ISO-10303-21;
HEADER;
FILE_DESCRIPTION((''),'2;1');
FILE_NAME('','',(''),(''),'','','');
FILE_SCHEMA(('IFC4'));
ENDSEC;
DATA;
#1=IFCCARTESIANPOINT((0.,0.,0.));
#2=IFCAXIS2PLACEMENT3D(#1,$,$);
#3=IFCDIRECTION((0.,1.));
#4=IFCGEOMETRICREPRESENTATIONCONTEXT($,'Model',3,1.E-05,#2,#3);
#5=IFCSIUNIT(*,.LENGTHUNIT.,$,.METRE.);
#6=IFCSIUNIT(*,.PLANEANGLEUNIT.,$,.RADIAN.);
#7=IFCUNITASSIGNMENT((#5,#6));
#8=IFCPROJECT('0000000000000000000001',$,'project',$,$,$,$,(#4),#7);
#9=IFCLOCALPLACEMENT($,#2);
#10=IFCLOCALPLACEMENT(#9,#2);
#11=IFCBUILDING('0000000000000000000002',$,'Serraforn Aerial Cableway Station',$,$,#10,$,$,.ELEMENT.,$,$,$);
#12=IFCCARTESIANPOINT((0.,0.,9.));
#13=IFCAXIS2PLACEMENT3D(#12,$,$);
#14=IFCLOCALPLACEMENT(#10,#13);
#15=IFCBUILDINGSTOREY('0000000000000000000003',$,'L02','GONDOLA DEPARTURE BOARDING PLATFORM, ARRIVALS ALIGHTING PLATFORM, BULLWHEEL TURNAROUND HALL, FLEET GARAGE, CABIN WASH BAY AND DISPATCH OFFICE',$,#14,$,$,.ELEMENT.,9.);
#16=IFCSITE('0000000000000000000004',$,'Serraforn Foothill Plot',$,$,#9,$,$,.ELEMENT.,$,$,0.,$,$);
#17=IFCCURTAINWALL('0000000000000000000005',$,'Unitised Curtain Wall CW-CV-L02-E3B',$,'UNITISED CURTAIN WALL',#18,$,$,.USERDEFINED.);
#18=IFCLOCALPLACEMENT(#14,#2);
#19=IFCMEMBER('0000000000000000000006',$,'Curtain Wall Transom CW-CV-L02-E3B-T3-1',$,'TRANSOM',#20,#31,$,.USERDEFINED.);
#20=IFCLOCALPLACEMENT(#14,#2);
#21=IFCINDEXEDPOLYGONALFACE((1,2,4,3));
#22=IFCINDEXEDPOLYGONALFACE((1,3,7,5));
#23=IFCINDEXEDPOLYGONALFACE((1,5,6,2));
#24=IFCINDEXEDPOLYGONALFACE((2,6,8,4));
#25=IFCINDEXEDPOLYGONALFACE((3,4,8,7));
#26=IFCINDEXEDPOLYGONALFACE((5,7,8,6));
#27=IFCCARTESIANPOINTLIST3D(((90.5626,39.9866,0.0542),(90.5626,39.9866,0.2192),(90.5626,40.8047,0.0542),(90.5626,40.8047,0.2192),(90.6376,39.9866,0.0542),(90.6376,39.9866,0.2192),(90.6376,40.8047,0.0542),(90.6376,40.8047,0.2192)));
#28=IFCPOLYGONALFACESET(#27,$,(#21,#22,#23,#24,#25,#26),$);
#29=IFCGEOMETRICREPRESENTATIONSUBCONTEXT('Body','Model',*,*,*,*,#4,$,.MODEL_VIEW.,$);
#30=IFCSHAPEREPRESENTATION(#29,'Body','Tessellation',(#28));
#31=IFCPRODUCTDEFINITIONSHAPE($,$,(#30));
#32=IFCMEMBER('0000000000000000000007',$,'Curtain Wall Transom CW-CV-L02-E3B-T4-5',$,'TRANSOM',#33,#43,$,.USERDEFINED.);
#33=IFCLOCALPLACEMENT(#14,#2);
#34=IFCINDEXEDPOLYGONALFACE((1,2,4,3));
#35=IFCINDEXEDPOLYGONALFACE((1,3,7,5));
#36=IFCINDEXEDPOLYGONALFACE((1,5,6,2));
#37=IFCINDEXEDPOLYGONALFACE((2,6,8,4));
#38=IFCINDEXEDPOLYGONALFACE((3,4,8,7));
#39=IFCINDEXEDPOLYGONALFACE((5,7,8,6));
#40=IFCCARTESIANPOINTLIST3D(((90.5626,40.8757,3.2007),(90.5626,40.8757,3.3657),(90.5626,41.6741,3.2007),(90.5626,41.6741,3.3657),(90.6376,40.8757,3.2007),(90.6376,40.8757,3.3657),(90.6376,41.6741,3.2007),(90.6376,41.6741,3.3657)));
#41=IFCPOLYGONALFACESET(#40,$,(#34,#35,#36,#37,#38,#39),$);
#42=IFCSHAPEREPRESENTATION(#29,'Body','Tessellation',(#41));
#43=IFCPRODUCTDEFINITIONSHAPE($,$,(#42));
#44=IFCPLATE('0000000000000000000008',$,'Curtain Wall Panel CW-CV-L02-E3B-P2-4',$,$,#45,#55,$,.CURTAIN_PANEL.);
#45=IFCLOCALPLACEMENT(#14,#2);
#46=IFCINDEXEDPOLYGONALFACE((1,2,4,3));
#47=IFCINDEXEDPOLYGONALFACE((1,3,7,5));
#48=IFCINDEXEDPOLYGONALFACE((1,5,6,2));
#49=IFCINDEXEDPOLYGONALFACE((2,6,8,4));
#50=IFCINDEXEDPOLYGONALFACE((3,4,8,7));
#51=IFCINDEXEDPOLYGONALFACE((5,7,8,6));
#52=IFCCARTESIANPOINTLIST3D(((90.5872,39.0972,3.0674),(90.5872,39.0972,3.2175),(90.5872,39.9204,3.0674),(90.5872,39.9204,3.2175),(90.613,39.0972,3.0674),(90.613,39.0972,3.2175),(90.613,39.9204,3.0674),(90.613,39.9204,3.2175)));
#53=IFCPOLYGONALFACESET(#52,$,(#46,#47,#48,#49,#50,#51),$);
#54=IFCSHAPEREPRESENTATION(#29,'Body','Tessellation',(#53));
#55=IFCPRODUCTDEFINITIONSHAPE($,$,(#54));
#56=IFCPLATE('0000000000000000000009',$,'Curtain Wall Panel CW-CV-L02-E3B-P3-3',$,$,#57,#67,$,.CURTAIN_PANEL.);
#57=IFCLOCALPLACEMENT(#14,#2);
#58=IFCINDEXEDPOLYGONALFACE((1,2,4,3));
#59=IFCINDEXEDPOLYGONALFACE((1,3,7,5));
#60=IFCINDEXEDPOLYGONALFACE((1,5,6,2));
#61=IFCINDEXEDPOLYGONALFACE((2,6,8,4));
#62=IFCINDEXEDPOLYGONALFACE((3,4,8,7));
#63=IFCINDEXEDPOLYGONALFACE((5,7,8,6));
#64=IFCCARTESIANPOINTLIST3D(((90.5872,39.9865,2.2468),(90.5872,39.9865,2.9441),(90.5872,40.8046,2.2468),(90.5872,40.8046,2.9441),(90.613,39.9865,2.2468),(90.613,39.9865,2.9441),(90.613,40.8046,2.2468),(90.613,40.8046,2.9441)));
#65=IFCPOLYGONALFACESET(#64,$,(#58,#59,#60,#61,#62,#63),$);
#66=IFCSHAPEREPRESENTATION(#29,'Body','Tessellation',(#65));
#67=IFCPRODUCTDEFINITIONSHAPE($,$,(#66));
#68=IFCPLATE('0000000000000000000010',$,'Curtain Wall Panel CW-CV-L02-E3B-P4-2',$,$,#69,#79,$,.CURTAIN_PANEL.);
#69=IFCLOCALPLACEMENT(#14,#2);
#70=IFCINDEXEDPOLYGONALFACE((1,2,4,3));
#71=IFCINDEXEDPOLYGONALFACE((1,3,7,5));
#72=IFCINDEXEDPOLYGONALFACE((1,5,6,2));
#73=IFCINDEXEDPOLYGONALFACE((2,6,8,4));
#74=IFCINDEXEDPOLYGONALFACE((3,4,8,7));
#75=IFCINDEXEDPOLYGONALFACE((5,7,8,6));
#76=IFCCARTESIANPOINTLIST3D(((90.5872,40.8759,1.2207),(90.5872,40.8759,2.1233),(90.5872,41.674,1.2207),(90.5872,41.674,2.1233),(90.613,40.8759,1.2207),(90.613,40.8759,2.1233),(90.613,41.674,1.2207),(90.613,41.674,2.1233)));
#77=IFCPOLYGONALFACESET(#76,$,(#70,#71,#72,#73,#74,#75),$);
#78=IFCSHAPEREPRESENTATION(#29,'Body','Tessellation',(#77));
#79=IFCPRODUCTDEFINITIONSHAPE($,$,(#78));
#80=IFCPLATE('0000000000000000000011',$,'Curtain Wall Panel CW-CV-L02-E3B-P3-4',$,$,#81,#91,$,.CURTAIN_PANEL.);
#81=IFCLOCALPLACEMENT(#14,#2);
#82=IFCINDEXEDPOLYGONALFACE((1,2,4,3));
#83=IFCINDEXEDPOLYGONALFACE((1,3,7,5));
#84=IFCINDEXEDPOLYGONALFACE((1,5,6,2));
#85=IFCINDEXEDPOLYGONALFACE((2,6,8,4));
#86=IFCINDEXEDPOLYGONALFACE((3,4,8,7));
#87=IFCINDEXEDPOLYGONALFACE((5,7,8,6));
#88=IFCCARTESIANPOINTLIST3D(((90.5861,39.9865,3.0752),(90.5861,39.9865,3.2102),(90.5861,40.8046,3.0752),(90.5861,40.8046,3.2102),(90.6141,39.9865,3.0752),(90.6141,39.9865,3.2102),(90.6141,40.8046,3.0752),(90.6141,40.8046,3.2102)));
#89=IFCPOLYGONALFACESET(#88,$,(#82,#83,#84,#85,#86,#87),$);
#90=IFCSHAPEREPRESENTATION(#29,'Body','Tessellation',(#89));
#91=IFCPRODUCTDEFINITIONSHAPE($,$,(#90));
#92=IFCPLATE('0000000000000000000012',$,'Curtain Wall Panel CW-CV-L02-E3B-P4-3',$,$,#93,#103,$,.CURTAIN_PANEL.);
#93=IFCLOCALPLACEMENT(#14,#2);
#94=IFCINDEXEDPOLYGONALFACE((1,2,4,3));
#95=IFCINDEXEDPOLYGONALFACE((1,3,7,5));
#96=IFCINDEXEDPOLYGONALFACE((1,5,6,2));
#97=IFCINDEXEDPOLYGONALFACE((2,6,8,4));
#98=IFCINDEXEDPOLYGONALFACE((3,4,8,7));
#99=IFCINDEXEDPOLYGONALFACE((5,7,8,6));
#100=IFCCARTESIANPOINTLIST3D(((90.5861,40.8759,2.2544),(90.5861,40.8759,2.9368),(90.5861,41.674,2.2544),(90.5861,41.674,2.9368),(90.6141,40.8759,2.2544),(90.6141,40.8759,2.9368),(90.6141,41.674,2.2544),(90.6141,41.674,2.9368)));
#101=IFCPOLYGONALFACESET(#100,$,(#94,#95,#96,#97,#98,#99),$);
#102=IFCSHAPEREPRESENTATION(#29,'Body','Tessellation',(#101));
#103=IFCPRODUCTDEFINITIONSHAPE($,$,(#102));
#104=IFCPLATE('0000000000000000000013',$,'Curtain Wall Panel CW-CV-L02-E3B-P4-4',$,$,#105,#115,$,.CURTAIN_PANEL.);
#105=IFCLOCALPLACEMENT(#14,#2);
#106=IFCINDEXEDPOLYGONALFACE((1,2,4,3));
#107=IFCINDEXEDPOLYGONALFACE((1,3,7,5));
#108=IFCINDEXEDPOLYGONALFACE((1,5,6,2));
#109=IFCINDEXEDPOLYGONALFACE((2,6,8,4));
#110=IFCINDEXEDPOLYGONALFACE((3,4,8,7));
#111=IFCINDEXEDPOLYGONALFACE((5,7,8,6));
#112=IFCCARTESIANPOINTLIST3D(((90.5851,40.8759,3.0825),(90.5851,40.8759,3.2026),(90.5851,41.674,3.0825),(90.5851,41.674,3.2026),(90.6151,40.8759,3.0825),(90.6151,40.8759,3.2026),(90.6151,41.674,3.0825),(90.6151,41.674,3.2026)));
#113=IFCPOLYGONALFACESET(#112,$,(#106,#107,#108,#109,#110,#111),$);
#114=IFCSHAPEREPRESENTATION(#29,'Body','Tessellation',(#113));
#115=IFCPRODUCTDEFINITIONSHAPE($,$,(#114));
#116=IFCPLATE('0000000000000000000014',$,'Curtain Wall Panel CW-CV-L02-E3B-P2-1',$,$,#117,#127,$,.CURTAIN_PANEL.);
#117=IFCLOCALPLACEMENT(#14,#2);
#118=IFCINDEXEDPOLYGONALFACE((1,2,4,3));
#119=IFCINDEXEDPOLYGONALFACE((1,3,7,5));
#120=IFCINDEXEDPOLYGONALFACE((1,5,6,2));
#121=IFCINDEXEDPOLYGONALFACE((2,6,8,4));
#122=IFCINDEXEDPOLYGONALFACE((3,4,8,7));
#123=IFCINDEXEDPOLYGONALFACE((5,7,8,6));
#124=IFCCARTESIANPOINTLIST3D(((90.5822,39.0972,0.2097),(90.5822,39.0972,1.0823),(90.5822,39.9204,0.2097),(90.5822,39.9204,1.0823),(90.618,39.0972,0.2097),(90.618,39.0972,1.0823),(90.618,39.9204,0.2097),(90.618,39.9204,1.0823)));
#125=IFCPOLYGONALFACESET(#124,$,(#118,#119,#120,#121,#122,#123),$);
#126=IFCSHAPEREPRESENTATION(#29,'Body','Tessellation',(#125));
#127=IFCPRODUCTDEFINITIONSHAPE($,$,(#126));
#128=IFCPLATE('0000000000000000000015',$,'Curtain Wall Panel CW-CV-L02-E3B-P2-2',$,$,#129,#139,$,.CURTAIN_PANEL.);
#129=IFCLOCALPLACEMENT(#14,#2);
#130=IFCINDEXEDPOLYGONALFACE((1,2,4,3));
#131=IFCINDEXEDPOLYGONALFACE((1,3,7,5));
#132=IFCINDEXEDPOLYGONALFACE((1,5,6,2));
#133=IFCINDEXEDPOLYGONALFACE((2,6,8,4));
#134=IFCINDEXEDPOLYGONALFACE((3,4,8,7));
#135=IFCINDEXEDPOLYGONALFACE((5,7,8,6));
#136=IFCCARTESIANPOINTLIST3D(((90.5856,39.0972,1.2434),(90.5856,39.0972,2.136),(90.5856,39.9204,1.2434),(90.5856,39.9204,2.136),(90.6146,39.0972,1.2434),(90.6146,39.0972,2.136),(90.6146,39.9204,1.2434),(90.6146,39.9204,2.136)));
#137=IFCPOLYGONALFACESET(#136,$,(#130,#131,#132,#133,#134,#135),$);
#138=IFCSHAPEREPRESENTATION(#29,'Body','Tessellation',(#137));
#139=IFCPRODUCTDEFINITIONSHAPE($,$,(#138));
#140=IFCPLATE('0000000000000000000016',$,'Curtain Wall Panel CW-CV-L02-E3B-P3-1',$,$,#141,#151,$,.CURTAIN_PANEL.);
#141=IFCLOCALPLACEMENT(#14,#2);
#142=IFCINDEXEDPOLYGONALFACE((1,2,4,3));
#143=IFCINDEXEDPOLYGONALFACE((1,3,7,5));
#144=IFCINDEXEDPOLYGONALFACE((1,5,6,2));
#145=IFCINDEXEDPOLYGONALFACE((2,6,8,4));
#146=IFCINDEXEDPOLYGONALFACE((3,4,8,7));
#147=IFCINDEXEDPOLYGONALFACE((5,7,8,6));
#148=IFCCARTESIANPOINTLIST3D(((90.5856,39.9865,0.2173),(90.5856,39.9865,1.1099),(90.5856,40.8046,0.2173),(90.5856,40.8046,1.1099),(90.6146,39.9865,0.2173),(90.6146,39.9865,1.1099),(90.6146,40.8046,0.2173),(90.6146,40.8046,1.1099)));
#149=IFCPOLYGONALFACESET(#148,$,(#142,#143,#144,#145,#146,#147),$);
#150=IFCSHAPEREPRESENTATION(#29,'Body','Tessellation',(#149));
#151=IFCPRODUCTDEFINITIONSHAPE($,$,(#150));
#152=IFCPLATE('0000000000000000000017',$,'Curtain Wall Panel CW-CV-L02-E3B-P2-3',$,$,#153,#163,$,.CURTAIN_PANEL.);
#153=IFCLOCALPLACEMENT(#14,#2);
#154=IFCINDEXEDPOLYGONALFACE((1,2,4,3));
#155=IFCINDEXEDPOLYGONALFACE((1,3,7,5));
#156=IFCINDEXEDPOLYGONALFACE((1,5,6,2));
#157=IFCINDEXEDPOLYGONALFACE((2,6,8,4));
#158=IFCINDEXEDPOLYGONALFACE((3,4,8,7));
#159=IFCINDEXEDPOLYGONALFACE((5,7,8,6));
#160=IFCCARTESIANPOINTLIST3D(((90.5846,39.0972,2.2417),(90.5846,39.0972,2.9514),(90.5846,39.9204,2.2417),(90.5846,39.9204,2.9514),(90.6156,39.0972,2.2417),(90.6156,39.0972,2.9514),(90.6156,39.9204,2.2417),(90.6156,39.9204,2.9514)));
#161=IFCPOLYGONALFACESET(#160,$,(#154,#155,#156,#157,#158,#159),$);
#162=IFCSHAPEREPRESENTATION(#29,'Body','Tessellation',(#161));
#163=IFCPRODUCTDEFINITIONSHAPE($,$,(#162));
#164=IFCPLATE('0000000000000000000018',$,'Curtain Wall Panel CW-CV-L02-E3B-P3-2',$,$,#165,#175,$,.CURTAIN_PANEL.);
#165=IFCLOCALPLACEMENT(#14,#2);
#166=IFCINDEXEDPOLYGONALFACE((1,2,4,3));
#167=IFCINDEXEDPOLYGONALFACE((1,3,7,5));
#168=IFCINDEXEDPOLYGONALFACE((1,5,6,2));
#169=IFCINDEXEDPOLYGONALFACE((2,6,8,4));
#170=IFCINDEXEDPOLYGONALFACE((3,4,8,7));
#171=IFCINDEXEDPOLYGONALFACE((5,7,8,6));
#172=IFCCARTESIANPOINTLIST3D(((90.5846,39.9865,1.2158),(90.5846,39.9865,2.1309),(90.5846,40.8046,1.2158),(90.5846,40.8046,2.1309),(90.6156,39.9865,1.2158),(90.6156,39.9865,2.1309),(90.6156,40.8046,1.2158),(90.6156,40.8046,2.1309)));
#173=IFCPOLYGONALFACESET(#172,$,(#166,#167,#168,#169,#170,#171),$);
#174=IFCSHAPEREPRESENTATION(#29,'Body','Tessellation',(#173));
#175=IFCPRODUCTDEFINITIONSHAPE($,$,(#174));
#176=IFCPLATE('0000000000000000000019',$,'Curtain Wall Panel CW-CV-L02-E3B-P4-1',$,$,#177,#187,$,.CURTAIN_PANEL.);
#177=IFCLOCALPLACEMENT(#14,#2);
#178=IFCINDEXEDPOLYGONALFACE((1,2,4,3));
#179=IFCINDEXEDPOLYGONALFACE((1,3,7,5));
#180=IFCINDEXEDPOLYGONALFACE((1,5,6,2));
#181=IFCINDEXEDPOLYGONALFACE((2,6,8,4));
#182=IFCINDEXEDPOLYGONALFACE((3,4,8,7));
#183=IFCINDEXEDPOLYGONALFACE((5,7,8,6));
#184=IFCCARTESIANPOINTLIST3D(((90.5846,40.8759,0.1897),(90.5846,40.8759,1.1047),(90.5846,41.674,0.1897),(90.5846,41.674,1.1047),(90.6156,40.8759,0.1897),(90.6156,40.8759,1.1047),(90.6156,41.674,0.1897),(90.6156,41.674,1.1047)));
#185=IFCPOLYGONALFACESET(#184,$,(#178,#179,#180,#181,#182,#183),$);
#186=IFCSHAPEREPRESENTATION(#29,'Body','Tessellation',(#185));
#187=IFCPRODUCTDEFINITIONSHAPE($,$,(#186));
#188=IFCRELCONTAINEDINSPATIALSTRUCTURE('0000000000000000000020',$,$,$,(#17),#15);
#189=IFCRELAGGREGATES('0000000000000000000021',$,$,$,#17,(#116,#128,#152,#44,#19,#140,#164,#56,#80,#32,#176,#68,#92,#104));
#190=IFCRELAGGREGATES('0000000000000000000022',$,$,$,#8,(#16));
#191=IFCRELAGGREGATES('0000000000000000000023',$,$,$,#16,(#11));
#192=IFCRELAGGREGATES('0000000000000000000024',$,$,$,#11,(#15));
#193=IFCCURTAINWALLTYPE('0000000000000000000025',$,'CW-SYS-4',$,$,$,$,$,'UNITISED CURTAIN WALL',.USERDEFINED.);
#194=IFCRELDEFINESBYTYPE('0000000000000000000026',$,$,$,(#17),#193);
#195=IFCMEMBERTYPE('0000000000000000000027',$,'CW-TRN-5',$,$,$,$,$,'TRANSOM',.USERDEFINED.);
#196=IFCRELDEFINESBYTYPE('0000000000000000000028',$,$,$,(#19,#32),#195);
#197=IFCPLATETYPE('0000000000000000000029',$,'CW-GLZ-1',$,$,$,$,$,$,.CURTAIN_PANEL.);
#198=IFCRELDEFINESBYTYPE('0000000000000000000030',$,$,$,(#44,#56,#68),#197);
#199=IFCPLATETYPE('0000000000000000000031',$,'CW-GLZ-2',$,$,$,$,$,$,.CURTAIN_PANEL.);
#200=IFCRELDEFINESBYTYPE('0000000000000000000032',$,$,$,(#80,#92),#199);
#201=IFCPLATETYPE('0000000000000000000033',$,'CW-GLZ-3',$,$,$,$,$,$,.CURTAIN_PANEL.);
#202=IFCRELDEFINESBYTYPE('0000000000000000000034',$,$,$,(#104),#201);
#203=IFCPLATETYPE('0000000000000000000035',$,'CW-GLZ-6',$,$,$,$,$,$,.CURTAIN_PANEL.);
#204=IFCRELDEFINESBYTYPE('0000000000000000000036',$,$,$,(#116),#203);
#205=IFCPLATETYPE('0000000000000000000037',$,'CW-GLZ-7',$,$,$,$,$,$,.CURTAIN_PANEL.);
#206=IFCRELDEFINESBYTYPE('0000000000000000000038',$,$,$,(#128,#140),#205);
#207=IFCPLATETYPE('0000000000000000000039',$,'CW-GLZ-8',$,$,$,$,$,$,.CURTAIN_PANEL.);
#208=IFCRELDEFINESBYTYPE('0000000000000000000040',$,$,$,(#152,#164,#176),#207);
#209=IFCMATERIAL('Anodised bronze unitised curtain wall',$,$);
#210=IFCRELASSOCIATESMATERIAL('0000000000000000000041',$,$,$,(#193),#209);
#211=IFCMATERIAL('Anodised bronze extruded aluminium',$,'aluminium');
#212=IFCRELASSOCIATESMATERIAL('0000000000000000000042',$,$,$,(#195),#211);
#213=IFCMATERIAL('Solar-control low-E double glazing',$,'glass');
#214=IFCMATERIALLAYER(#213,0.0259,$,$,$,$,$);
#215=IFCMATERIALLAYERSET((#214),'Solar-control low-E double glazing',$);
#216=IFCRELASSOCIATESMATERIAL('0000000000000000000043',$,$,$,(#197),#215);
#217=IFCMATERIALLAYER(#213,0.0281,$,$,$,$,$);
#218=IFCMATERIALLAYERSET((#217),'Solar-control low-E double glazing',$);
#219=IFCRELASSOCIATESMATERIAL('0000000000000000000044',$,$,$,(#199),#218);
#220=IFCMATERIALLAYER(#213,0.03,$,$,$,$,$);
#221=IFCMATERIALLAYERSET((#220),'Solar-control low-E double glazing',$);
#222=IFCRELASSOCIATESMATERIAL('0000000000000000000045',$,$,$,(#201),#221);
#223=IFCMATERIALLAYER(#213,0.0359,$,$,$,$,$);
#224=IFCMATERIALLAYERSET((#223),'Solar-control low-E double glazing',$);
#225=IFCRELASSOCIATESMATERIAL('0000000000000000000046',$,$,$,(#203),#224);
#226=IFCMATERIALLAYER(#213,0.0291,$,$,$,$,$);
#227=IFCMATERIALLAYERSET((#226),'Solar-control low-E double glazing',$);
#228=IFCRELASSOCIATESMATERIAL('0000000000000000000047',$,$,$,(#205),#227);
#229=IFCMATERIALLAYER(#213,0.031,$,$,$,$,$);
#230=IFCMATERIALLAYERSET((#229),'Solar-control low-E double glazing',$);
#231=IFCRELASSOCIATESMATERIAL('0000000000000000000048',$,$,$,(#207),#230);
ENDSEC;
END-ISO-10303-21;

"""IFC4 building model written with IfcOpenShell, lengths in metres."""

from ifc_helpers import new_model, si_unit, direction, frame, origin, origin_2d, place, context, subcontext, project, spatial, rectangle, extrude, material, layer, layer_set, material_profile, profile_set, type_object, element, aggregate, save


model = new_model("IFC4")

# Units and contexts
model_context = context("Model", 3, precision=1e-05, world=origin(), true_north=direction((0.0, 1.0)))
body_context = subcontext(model_context, "Body", "Model", "MODEL_VIEW")
ifc_project = project(units=[si_unit("LENGTHUNIT", "METRE"), si_unit("PLANEANGLEUNIT", "RADIAN")], contexts=[model_context])

# Site, building, storey
site_placement = place(None, origin())
site = spatial("IfcSite", under=ifc_project, at=site_placement, Name="Serraforn Foothill Plot", CompositionType="ELEMENT", RefElevation=0.0)
building_placement = place(site_placement, origin())
building = spatial("IfcBuilding", under=site, at=building_placement, Name="Serraforn Aerial Cableway Station", CompositionType="ELEMENT")
storey_placement = place(building_placement, frame((0.0, 0.0, 9.0)))
storey = spatial("IfcBuildingStorey", under=building, at=storey_placement, Name="L02", Description="GONDOLA DEPARTURE BOARDING PLATFORM, ARRIVALS ALIGHTING PLATFORM, BULLWHEEL TURNAROUND HALL, FLEET GARAGE, CABIN WASH BAY AND DISPATCH OFFICE", CompositionType="ELEMENT", Elevation=9.0)

# Curtain wall, members, plates
ifc_material_1 = material(Name="Anodised bronze unitised curtain wall")
curtain_wall_type = type_object("IfcCurtainWallType", Name="CW-SYS-4", ElementType="UNITISED CURTAIN WALL", PredefinedType="USERDEFINED", material=ifc_material_1)
curtain_wall_placement = place(storey_placement, origin())
curtain_wall = element("IfcCurtainWall", 1, at=curtain_wall_placement, inside=storey, type_object=curtain_wall_type, Name="Unitised Curtain Wall CW-CV-L02-E3B", ObjectType="UNITISED CURTAIN WALL", PredefinedType="USERDEFINED")
ifc_material_2 = material(Name="Anodised bronze extruded aluminium", Category="aluminium")
ifc_material_profile_1 = material_profile(ifc_material_2, rectangle(XDim=0.075, YDim=0.165, at=origin_2d()), Name="CW TRANSOM 75x165")
ifc_profile_set_1 = profile_set([ifc_material_profile_1], Name="Anodised bronze extruded aluminium")
member_type_1 = type_object("IfcMemberType", Name="CW-TRN-5", ElementType="TRANSOM", PredefinedType="USERDEFINED", material=ifc_profile_set_1)
member_1_placement = place(storey_placement, frame((90.6001, 39.9866, 0.1367), z_axis=(0.0, 1.0, 0.0), x_axis=(-1.0, 0.0, 0.0)))
member_1 = element("IfcMember", 2, at=member_1_placement, type_object=member_type_1, Name="Curtain Wall Transom CW-CV-L02-E3B-T3-1", ObjectType="TRANSOM", PredefinedType="USERDEFINED", context=body_context, shape_type="SweptSolid", body=[
    extrude(rectangle(XDim=0.075, YDim=0.165, at=origin_2d()), origin(), (0.0, 0.0, 1.0), 0.8181),
])
member_2_placement = place(storey_placement, frame((90.6001, 40.8757, 3.2832), z_axis=(0.0, 1.0, 0.0), x_axis=(-1.0, 0.0, 0.0)))
member_2 = element("IfcMember", 3, at=member_2_placement, type_object=member_type_1, Name="Curtain Wall Transom CW-CV-L02-E3B-T4-5", ObjectType="TRANSOM", PredefinedType="USERDEFINED", context=body_context, shape_type="SweptSolid", body=[
    extrude(rectangle(XDim=0.075, YDim=0.165, at=origin_2d()), origin(), (0.0, 0.0, 1.0), 0.7983),
])
ifc_material_3 = material(Name="Solar-control low-E double glazing", Category="glass")
ifc_layer_1 = layer(ifc_material_3, 0.0259)
ifc_layer_set_1 = layer_set([ifc_layer_1], Name="Solar-control low-E double glazing")
plate_type_1 = type_object("IfcPlateType", Name="CW-GLZ-1", PredefinedType="CURTAIN_PANEL", material=ifc_layer_set_1)
plate_1_placement = place(storey_placement, frame((90.6001, 39.5088, 3.0674), z_axis=(0.0, 0.0, 1.0), x_axis=(1.0, 0.0, 0.0)))
plate_1 = element("IfcPlate", 4, at=plate_1_placement, type_object=plate_type_1, Name="Curtain Wall Panel CW-CV-L02-E3B-P2-4", PredefinedType="CURTAIN_PANEL", context=body_context, shape_type="SweptSolid", body=[
    extrude(rectangle(XDim=0.0259, YDim=0.8232, at=origin_2d()), origin(), (0.0, 0.0, 1.0), 0.1501),
])
plate_2_placement = place(storey_placement, frame((90.6001, 40.3955, 2.2468), z_axis=(0.0, 0.0, 1.0), x_axis=(1.0, 0.0, 0.0)))
plate_2 = element("IfcPlate", 5, at=plate_2_placement, type_object=plate_type_1, Name="Curtain Wall Panel CW-CV-L02-E3B-P3-3", PredefinedType="CURTAIN_PANEL", context=body_context, shape_type="SweptSolid", body=[
    extrude(rectangle(XDim=0.0259, YDim=0.8181, at=origin_2d()), origin(), (0.0, 0.0, 1.0), 0.6973),
])
plate_3_placement = place(storey_placement, frame((90.6001, 41.2749, 1.2207), z_axis=(0.0, 0.0, 1.0), x_axis=(1.0, 0.0, 0.0)))
plate_3 = element("IfcPlate", 6, at=plate_3_placement, type_object=plate_type_1, Name="Curtain Wall Panel CW-CV-L02-E3B-P4-2", PredefinedType="CURTAIN_PANEL", context=body_context, shape_type="SweptSolid", body=[
    extrude(rectangle(XDim=0.0259, YDim=0.7981, at=origin_2d()), origin(), (0.0, 0.0, 1.0), 0.9026),
])
ifc_layer_2 = layer(ifc_material_3, 0.0281)
ifc_layer_set_2 = layer_set([ifc_layer_2], Name="Solar-control low-E double glazing")
plate_type_2 = type_object("IfcPlateType", Name="CW-GLZ-2", PredefinedType="CURTAIN_PANEL", material=ifc_layer_set_2)
plate_4_placement = place(storey_placement, frame((90.6001, 40.3955, 3.0752), z_axis=(0.0, 0.0, 1.0), x_axis=(1.0, 0.0, 0.0)))
plate_4 = element("IfcPlate", 7, at=plate_4_placement, type_object=plate_type_2, Name="Curtain Wall Panel CW-CV-L02-E3B-P3-4", PredefinedType="CURTAIN_PANEL", context=body_context, shape_type="SweptSolid", body=[
    extrude(rectangle(XDim=0.0281, YDim=0.8181, at=origin_2d()), origin(), (0.0, 0.0, 1.0), 0.135),
])
plate_5_placement = place(storey_placement, frame((90.6001, 41.2749, 2.2544), z_axis=(0.0, 0.0, 1.0), x_axis=(1.0, 0.0, 0.0)))
plate_5 = element("IfcPlate", 8, at=plate_5_placement, type_object=plate_type_2, Name="Curtain Wall Panel CW-CV-L02-E3B-P4-3", PredefinedType="CURTAIN_PANEL", context=body_context, shape_type="SweptSolid", body=[
    extrude(rectangle(XDim=0.0281, YDim=0.7981, at=origin_2d()), origin(), (0.0, 0.0, 1.0), 0.6824),
])
ifc_layer_3 = layer(ifc_material_3, 0.03)
ifc_layer_set_3 = layer_set([ifc_layer_3], Name="Solar-control low-E double glazing")
plate_type_3 = type_object("IfcPlateType", Name="CW-GLZ-3", PredefinedType="CURTAIN_PANEL", material=ifc_layer_set_3)
plate_6_placement = place(storey_placement, frame((90.6001, 41.2749, 3.0825), z_axis=(0.0, 0.0, 1.0), x_axis=(1.0, 0.0, 0.0)))
plate_6 = element("IfcPlate", 9, at=plate_6_placement, type_object=plate_type_3, Name="Curtain Wall Panel CW-CV-L02-E3B-P4-4", PredefinedType="CURTAIN_PANEL", context=body_context, shape_type="SweptSolid", body=[
    extrude(rectangle(XDim=0.03, YDim=0.7981, at=origin_2d()), origin(), (0.0, 0.0, 1.0), 0.1201),
])
ifc_layer_4 = layer(ifc_material_3, 0.0359)
ifc_layer_set_4 = layer_set([ifc_layer_4], Name="Solar-control low-E double glazing")
plate_type_4 = type_object("IfcPlateType", Name="CW-GLZ-6", PredefinedType="CURTAIN_PANEL", material=ifc_layer_set_4)
plate_7_placement = place(storey_placement, frame((90.6001, 39.5088, 0.2097), z_axis=(0.0, 0.0, 1.0), x_axis=(1.0, 0.0, 0.0)))
plate_7 = element("IfcPlate", 10, at=plate_7_placement, type_object=plate_type_4, Name="Curtain Wall Panel CW-CV-L02-E3B-P2-1", PredefinedType="CURTAIN_PANEL", context=body_context, shape_type="SweptSolid", body=[
    extrude(rectangle(XDim=0.0359, YDim=0.8232, at=origin_2d()), origin(), (0.0, 0.0, 1.0), 0.8726),
])
ifc_layer_5 = layer(ifc_material_3, 0.0291)
ifc_layer_set_5 = layer_set([ifc_layer_5], Name="Solar-control low-E double glazing")
plate_type_5 = type_object("IfcPlateType", Name="CW-GLZ-7", PredefinedType="CURTAIN_PANEL", material=ifc_layer_set_5)
plate_8_placement = place(storey_placement, frame((90.6001, 39.5088, 1.2434), z_axis=(0.0, 0.0, 1.0), x_axis=(1.0, 0.0, 0.0)))
plate_8 = element("IfcPlate", 11, at=plate_8_placement, type_object=plate_type_5, Name="Curtain Wall Panel CW-CV-L02-E3B-P2-2", PredefinedType="CURTAIN_PANEL", context=body_context, shape_type="SweptSolid", body=[
    extrude(rectangle(XDim=0.0291, YDim=0.8232, at=origin_2d()), origin(), (0.0, 0.0, 1.0), 0.8926),
])
plate_9_placement = place(storey_placement, frame((90.6001, 40.3955, 0.2173), z_axis=(0.0, 0.0, 1.0), x_axis=(1.0, 0.0, 0.0)))
plate_9 = element("IfcPlate", 12, at=plate_9_placement, type_object=plate_type_5, Name="Curtain Wall Panel CW-CV-L02-E3B-P3-1", PredefinedType="CURTAIN_PANEL", context=body_context, shape_type="SweptSolid", body=[
    extrude(rectangle(XDim=0.0291, YDim=0.8181, at=origin_2d()), origin(), (0.0, 0.0, 1.0), 0.8926),
])
ifc_layer_6 = layer(ifc_material_3, 0.031)
ifc_layer_set_6 = layer_set([ifc_layer_6], Name="Solar-control low-E double glazing")
plate_type_6 = type_object("IfcPlateType", Name="CW-GLZ-8", PredefinedType="CURTAIN_PANEL", material=ifc_layer_set_6)
plate_10_placement = place(storey_placement, frame((90.6001, 39.5088, 2.2417), z_axis=(0.0, 0.0, 1.0), x_axis=(1.0, 0.0, 0.0)))
plate_10 = element("IfcPlate", 13, at=plate_10_placement, type_object=plate_type_6, Name="Curtain Wall Panel CW-CV-L02-E3B-P2-3", PredefinedType="CURTAIN_PANEL", context=body_context, shape_type="SweptSolid", body=[
    extrude(rectangle(XDim=0.031, YDim=0.8232, at=origin_2d()), origin(), (0.0, 0.0, 1.0), 0.7097),
])
plate_11_placement = place(storey_placement, frame((90.6001, 40.3955, 1.2158), z_axis=(0.0, 0.0, 1.0), x_axis=(1.0, 0.0, 0.0)))
plate_11 = element("IfcPlate", 14, at=plate_11_placement, type_object=plate_type_6, Name="Curtain Wall Panel CW-CV-L02-E3B-P3-2", PredefinedType="CURTAIN_PANEL", context=body_context, shape_type="SweptSolid", body=[
    extrude(rectangle(XDim=0.031, YDim=0.8181, at=origin_2d()), origin(), (0.0, 0.0, 1.0), 0.915),
])
plate_12_placement = place(storey_placement, frame((90.6001, 41.2749, 0.1897), z_axis=(0.0, 0.0, 1.0), x_axis=(1.0, 0.0, 0.0)))
plate_12 = element("IfcPlate", 15, at=plate_12_placement, type_object=plate_type_6, Name="Curtain Wall Panel CW-CV-L02-E3B-P4-1", PredefinedType="CURTAIN_PANEL", context=body_context, shape_type="SweptSolid", body=[
    extrude(rectangle(XDim=0.031, YDim=0.7981, at=origin_2d()), origin(), (0.0, 0.0, 1.0), 0.915),
])
aggregate(curtain_wall, [plate_7, plate_8, plate_10, plate_1, member_1, plate_9, plate_11, plate_2, plate_4, member_2, plate_12, plate_3, plate_5, plate_6])

save(model, "model.ifc")
